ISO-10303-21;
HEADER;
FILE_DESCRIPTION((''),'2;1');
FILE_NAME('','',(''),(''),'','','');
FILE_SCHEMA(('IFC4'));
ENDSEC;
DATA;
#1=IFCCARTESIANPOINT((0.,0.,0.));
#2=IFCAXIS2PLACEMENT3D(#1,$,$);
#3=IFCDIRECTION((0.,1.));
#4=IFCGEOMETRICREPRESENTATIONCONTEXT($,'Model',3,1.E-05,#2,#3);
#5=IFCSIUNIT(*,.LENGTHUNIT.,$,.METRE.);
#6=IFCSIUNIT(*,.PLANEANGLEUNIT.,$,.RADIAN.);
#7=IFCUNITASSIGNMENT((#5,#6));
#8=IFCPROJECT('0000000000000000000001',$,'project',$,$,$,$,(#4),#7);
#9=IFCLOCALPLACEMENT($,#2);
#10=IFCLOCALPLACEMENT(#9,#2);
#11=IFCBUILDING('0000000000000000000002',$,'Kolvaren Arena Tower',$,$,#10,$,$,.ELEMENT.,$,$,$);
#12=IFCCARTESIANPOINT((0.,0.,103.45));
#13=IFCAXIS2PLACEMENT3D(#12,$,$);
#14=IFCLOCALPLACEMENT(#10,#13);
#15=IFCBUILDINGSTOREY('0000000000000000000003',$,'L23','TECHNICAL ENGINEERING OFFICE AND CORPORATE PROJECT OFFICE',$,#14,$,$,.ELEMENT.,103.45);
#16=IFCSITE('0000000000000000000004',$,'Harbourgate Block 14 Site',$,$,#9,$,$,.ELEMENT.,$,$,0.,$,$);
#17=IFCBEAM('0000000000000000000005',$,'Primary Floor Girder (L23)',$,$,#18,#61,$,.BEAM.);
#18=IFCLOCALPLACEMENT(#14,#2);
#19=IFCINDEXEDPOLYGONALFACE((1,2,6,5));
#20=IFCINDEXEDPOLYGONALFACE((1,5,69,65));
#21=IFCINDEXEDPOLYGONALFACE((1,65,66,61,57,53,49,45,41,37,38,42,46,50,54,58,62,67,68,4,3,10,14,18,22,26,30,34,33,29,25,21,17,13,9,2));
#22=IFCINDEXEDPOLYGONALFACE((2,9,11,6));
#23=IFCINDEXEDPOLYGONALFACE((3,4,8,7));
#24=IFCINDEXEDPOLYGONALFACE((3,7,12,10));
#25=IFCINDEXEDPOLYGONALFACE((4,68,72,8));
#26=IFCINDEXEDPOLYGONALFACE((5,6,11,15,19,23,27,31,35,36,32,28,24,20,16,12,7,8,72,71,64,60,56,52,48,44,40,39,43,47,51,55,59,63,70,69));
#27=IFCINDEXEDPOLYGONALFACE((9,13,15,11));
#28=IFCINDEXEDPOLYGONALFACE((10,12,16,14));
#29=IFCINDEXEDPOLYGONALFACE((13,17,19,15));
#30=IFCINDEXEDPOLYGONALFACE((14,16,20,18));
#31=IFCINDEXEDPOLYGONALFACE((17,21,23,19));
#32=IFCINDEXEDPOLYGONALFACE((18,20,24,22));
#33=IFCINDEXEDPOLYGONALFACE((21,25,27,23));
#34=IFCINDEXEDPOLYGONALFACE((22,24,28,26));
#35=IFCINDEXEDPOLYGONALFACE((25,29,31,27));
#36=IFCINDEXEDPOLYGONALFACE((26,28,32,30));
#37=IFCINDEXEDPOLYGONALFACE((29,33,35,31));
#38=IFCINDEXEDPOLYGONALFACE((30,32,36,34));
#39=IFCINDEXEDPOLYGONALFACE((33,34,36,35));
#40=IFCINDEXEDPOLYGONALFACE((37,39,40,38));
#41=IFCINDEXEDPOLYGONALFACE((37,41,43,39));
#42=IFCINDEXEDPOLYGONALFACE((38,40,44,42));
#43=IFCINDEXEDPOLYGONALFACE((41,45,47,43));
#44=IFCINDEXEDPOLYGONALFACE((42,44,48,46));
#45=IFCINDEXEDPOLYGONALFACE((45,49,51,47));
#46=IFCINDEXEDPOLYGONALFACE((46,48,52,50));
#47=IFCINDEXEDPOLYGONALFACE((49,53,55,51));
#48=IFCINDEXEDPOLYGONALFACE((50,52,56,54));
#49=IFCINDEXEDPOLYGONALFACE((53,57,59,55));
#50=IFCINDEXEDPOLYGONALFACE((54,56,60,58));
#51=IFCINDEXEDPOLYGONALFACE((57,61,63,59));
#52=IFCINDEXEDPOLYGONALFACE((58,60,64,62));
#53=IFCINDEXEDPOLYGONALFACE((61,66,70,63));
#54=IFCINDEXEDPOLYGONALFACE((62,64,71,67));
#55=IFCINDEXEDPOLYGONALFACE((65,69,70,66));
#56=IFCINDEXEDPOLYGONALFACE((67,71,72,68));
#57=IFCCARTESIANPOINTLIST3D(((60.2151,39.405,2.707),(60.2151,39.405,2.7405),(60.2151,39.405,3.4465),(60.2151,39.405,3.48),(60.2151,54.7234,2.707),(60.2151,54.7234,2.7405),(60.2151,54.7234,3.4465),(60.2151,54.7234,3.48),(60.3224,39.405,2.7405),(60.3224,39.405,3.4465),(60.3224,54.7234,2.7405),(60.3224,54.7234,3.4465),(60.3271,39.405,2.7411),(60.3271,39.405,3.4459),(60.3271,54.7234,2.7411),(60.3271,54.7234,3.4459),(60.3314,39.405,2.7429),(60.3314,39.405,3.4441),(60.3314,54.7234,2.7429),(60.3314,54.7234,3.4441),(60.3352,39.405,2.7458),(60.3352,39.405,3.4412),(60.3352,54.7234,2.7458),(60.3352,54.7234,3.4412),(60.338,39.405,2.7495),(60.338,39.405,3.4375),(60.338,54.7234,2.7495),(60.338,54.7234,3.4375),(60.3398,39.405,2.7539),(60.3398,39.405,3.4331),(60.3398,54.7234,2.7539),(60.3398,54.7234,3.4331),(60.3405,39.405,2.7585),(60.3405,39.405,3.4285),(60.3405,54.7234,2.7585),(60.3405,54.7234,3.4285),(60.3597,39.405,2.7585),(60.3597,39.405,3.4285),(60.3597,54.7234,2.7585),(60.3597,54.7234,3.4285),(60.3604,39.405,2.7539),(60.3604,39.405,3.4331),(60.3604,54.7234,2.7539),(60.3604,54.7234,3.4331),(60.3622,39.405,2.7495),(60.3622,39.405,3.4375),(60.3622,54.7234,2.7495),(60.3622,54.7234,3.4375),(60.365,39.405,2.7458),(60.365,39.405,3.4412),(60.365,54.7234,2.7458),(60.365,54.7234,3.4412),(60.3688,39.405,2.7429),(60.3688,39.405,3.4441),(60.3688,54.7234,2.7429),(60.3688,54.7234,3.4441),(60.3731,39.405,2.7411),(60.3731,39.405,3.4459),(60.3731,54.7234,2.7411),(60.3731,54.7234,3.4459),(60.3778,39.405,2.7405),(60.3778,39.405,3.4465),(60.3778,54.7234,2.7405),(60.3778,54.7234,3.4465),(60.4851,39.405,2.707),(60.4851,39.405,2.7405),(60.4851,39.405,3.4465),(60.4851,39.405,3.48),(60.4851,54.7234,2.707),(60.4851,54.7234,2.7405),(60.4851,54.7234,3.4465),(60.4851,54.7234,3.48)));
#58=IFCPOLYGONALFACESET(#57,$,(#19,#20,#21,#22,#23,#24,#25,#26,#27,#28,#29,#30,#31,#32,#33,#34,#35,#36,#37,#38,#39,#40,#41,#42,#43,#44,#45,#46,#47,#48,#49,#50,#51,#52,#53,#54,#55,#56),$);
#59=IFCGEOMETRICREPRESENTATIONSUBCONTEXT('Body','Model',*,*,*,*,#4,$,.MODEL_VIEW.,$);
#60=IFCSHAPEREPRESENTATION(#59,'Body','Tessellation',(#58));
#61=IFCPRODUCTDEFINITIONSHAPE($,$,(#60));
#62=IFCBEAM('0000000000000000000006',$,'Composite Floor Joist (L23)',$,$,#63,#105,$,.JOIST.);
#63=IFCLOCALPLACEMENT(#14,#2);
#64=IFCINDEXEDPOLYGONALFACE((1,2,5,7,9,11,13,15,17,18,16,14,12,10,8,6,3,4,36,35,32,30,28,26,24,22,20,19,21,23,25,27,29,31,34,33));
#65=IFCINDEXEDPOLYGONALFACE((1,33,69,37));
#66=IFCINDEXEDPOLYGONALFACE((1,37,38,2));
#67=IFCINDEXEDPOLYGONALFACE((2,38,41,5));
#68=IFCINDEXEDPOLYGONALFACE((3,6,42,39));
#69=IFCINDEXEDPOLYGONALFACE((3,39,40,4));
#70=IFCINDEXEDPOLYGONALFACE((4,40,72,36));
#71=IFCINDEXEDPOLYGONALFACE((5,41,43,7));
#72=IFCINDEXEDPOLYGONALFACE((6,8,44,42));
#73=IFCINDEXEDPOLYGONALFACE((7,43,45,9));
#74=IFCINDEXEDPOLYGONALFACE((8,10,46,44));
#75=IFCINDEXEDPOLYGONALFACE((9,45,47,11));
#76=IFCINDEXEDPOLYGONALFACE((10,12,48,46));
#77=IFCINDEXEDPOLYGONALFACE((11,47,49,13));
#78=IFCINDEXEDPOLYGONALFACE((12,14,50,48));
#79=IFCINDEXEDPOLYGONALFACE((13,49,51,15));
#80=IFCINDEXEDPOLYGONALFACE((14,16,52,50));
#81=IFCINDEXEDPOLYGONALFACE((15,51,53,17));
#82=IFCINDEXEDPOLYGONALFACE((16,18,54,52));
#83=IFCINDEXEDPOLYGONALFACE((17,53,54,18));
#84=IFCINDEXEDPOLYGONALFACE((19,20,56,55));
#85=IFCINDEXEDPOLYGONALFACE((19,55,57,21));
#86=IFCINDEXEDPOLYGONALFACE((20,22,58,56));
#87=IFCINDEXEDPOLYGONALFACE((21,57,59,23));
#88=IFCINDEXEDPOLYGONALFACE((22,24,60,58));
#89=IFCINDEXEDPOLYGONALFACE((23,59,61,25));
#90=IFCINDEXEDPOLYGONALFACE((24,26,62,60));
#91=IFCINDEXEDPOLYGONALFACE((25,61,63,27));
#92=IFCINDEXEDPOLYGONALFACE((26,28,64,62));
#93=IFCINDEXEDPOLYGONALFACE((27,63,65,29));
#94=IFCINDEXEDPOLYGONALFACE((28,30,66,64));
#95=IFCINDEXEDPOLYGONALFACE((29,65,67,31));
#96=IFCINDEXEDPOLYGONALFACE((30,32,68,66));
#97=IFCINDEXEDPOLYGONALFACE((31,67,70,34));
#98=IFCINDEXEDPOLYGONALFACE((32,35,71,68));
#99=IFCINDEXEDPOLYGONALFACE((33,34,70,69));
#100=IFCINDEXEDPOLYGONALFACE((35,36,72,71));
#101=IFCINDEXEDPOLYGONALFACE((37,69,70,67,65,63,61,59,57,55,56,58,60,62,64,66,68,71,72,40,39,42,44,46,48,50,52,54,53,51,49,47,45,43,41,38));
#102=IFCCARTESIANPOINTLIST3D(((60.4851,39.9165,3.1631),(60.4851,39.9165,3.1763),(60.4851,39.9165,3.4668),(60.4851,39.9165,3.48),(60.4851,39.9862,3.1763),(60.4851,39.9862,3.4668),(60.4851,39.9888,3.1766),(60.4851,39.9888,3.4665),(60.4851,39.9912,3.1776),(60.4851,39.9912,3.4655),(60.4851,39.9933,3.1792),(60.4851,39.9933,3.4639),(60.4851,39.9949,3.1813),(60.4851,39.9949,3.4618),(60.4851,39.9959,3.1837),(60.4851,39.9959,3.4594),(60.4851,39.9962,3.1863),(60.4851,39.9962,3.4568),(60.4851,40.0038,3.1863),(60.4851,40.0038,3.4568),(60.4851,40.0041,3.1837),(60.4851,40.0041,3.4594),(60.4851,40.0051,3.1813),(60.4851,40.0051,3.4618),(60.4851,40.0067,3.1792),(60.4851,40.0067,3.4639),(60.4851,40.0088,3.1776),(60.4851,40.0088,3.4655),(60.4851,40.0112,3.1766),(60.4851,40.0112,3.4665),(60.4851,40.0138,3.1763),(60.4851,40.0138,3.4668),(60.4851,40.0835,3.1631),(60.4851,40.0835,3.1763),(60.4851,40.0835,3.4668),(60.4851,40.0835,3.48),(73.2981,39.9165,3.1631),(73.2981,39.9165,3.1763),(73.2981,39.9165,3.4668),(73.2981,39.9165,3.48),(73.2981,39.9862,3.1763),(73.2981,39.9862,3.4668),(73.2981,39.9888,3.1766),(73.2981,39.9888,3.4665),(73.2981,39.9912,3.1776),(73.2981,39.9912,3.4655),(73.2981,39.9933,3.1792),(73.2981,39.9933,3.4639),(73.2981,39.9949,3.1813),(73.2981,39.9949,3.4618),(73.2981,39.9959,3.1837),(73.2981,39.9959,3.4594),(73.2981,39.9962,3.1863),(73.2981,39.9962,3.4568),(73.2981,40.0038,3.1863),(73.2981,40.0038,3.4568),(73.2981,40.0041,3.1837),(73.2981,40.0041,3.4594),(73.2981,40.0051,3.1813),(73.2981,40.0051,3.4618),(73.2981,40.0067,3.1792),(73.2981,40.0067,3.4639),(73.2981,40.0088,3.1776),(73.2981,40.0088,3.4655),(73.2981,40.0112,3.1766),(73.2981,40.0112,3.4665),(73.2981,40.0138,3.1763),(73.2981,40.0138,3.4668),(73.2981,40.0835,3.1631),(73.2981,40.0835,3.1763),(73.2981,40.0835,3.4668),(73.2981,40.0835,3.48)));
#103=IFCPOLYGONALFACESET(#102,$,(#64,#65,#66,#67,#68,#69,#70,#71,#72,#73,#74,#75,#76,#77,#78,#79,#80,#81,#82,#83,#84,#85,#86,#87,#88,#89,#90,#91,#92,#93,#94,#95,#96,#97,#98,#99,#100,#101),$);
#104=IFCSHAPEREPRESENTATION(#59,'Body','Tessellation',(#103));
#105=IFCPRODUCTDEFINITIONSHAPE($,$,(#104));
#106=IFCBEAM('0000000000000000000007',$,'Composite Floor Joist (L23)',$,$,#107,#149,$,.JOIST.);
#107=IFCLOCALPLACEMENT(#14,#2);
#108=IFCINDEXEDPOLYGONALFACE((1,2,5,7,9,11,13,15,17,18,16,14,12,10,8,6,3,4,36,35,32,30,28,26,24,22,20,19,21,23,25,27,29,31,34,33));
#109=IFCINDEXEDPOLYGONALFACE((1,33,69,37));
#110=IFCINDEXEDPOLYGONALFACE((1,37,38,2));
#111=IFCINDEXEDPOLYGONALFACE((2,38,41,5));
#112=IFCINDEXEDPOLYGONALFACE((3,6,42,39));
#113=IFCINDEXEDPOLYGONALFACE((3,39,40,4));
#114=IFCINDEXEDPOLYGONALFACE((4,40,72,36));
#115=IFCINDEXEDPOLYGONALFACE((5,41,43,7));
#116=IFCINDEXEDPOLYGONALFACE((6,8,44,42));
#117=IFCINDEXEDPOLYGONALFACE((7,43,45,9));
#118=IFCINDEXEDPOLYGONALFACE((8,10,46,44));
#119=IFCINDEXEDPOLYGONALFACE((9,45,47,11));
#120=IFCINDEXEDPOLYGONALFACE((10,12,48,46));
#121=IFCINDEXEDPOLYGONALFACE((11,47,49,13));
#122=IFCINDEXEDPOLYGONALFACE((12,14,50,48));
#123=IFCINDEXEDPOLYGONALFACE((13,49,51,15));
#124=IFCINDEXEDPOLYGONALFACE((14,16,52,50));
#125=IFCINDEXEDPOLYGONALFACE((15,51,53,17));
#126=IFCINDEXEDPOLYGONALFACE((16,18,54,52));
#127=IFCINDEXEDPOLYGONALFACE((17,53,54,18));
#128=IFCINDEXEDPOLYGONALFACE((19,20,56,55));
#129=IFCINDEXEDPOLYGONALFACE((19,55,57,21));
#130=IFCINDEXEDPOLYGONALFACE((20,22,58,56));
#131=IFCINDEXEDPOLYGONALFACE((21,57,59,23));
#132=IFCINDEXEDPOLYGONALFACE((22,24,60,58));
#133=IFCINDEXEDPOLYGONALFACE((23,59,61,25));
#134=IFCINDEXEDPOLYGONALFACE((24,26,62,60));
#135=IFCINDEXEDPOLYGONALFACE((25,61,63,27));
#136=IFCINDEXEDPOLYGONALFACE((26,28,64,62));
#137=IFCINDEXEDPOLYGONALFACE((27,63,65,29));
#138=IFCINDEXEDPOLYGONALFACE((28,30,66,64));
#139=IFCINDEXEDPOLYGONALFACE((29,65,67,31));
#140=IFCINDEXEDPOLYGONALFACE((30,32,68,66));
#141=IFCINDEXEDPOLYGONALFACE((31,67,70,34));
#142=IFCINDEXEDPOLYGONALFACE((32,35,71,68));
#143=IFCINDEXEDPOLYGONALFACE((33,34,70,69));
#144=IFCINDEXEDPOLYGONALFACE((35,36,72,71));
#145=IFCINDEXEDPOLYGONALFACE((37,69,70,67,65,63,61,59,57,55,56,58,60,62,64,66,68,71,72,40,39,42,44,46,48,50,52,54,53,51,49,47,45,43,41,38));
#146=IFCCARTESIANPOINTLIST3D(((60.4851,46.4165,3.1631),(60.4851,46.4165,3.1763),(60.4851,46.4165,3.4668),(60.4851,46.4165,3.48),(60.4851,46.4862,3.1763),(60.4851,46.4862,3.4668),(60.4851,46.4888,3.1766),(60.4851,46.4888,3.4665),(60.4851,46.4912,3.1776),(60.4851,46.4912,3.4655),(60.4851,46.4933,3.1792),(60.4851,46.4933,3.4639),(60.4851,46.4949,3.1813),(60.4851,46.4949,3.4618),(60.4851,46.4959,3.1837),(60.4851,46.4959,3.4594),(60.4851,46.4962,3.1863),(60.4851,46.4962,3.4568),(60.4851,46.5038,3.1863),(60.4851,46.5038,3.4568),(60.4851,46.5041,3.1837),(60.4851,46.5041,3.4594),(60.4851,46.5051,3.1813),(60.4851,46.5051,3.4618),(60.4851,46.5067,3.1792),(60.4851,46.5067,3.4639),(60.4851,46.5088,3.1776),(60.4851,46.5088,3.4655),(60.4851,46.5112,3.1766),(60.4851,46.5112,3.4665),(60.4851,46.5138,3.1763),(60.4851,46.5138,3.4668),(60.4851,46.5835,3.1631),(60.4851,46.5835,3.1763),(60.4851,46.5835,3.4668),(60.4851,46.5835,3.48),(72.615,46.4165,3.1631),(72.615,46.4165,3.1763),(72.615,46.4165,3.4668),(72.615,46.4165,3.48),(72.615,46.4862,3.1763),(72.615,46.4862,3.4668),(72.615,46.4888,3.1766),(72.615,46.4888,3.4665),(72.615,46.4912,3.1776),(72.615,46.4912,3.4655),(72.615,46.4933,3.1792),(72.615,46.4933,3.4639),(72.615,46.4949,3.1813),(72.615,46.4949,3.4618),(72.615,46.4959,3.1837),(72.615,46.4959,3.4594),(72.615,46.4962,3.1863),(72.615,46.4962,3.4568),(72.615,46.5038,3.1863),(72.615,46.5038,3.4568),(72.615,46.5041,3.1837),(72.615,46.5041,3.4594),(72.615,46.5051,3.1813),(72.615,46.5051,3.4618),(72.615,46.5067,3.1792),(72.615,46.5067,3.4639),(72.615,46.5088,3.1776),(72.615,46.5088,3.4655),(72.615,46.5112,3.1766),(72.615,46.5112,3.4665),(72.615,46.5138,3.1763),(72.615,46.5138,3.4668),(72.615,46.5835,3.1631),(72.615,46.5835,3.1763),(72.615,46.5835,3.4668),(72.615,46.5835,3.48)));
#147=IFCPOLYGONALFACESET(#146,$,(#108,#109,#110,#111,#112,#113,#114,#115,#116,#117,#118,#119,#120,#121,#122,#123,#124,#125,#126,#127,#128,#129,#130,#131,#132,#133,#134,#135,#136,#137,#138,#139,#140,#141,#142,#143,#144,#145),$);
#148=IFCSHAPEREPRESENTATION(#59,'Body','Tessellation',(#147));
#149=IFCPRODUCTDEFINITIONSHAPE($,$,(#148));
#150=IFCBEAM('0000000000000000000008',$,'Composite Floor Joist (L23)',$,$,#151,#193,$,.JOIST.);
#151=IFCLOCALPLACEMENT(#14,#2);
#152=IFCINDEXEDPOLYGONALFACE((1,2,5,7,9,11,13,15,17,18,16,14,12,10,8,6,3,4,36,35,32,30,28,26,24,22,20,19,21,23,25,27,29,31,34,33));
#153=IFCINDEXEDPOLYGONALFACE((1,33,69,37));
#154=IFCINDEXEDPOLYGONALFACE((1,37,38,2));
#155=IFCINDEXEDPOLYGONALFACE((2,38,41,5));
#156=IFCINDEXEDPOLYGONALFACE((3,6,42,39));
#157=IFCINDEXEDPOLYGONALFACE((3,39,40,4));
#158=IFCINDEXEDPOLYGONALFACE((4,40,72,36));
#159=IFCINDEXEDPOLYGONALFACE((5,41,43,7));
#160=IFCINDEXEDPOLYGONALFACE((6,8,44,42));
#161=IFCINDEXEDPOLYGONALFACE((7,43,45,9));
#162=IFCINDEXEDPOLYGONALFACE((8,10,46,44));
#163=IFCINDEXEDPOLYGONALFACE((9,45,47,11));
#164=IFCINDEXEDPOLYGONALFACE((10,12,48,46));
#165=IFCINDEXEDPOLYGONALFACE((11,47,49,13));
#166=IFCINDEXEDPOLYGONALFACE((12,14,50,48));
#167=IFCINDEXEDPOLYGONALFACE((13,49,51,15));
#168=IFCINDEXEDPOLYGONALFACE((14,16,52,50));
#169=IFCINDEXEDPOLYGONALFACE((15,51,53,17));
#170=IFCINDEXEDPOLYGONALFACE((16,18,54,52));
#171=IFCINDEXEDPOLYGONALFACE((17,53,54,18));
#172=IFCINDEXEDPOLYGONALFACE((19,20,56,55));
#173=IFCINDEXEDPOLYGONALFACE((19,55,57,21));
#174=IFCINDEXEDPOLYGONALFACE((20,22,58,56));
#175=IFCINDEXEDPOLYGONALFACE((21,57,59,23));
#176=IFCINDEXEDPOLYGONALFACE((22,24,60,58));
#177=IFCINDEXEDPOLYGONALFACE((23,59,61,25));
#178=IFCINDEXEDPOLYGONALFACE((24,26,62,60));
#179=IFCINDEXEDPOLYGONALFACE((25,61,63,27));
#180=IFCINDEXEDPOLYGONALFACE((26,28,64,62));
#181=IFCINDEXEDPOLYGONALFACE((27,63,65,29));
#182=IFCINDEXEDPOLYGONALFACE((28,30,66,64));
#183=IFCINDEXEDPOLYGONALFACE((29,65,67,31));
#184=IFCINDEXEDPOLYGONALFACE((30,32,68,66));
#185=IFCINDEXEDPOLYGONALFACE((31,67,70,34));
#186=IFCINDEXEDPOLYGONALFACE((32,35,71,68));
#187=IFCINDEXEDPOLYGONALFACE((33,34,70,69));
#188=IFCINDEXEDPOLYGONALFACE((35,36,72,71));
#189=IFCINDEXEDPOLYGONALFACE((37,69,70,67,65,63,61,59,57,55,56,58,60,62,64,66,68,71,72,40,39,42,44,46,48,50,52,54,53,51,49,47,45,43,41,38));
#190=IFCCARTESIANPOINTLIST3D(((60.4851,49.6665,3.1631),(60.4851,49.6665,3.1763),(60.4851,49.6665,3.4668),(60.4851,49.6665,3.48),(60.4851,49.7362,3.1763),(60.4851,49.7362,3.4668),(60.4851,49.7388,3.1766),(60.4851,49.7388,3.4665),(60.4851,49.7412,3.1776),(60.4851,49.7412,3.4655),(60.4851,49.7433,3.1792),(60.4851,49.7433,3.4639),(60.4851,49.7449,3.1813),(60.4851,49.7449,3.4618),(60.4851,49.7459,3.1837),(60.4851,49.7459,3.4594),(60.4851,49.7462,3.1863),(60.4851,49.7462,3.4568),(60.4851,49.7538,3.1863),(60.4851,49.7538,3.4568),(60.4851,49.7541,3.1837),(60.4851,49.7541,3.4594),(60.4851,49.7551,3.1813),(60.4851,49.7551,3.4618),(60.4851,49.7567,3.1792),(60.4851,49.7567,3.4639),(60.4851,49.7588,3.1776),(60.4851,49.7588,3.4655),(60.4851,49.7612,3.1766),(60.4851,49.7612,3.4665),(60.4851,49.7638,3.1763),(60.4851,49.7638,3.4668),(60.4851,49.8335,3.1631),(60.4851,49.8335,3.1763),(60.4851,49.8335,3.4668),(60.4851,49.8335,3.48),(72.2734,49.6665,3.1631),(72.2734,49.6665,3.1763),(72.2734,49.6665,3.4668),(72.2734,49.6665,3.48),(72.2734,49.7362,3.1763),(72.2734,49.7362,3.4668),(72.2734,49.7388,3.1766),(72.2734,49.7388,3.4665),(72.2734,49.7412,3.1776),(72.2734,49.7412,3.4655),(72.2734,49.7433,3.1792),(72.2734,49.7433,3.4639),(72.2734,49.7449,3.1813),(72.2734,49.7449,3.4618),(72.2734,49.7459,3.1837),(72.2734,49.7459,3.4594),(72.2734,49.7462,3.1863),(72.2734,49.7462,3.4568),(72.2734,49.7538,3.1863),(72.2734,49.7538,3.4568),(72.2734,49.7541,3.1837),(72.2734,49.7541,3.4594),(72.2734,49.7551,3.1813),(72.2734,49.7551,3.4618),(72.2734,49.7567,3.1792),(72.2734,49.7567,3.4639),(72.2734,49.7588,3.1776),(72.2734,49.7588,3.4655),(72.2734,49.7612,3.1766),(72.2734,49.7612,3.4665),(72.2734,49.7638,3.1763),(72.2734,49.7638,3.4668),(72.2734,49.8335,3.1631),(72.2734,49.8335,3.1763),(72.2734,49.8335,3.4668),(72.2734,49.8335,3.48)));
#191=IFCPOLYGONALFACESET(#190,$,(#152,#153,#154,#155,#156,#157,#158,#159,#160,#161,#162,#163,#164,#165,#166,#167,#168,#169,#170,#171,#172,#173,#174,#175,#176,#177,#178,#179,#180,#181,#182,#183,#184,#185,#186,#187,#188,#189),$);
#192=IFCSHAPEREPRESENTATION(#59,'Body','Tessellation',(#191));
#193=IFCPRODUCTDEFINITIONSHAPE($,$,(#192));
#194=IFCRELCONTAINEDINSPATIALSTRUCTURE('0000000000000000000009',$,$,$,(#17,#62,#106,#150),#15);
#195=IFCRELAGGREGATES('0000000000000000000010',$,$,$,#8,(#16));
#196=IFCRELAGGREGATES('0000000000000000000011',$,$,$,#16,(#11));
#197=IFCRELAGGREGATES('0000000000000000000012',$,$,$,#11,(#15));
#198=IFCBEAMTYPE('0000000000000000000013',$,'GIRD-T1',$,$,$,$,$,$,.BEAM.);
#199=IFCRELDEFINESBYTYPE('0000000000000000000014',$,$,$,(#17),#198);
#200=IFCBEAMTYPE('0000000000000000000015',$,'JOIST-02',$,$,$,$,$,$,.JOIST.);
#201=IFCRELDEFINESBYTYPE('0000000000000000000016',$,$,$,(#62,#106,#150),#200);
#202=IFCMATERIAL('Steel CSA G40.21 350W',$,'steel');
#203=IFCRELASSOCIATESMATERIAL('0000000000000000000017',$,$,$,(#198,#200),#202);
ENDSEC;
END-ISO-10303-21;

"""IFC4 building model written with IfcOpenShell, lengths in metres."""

from ifc_helpers import new_model, si_unit, direction, frame, origin, origin_2d, place, context, subcontext, project, spatial, i_section, extrude, material, material_profile, profile_set, type_object, element, save


model = new_model("IFC4")

# Units and contexts
model_context = context("Model", 3, precision=1e-05, world=origin(), true_north=direction((0.0, 1.0)))
body_context = subcontext(model_context, "Body", "Model", "MODEL_VIEW")
ifc_project = project(units=[si_unit("LENGTHUNIT", "METRE"), si_unit("PLANEANGLEUNIT", "RADIAN")], contexts=[model_context])

# Site, building, storey
site_placement = place(None, origin())
site = spatial("IfcSite", under=ifc_project, at=site_placement, Name="Harbourgate Block 14 Site", CompositionType="ELEMENT", RefElevation=0.0)
building_placement = place(site_placement, origin())
building = spatial("IfcBuilding", under=site, at=building_placement, Name="Kolvaren Arena Tower", CompositionType="ELEMENT")
storey_placement = place(building_placement, frame((0.0, 0.0, 103.45)))
storey = spatial("IfcBuildingStorey", under=building, at=storey_placement, Name="L23", Description="TECHNICAL ENGINEERING OFFICE AND CORPORATE PROJECT OFFICE", CompositionType="ELEMENT", Elevation=103.45)

# Beams
ifc_material_1 = material(Name="Steel CSA G40.21 350W", Category="steel")
ifc_material_profile_1 = material_profile(ifc_material_1, i_section(OverallWidth=0.27, OverallDepth=0.7729, WebThickness=0.0193, FlangeThickness=0.0334, FilletRadius=0.0181, at=origin_2d()), Name="W760x257")
ifc_profile_set_1 = profile_set([ifc_material_profile_1], Name="Steel CSA G40.21 350W")
beam_type_1 = type_object("IfcBeamType", Name="GIRD-T1", PredefinedType="BEAM", material=ifc_profile_set_1)
beam_1_placement = place(storey_placement, frame((60.3501, 39.405, 3.0935), z_axis=(0.0, 1.0, 0.0), x_axis=(-1.0, 0.0, 0.0)))
element("IfcBeam", 1, at=beam_1_placement, inside=storey, type_object=beam_type_1, Name="Primary Floor Girder (L23)", PredefinedType="BEAM", context=body_context, shape_type="SweptSolid", body=[
    extrude(i_section(OverallWidth=0.27, OverallDepth=0.7729, WebThickness=0.0193, FlangeThickness=0.0334, FilletRadius=0.0181, at=origin_2d()), origin(), (0.0, 0.0, 1.0), 15.3184),
])
ifc_material_profile_2 = material_profile(ifc_material_1, i_section(OverallWidth=0.167, OverallDepth=0.3169, WebThickness=0.0076, FlangeThickness=0.0132, FilletRadius=0.01, at=origin_2d()), Name="W310x52")
ifc_profile_set_2 = profile_set([ifc_material_profile_2], Name="Steel CSA G40.21 350W")
beam_type_2 = type_object("IfcBeamType", Name="JOIST-02", PredefinedType="JOIST", material=ifc_profile_set_2)
beam_2_placement = place(storey_placement, frame((60.4851, 40.0, 3.3215), z_axis=(1.0, 0.0, 0.0), x_axis=(0.0, 1.0, 0.0)))
element("IfcBeam", 2, at=beam_2_placement, inside=storey, type_object=beam_type_2, Name="Composite Floor Joist (L23)", PredefinedType="JOIST", context=body_context, shape_type="SweptSolid", body=[
    extrude(i_section(OverallWidth=0.167, OverallDepth=0.3169, WebThickness=0.0076, FlangeThickness=0.0132, FilletRadius=0.01, at=origin_2d()), origin(), (0.0, 0.0, 1.0), 12.813),
])
beam_3_placement = place(storey_placement, frame((60.4851, 46.5, 3.3215), z_axis=(1.0, 0.0, 0.0), x_axis=(0.0, 1.0, 0.0)))
element("IfcBeam", 3, at=beam_3_placement, inside=storey, type_object=beam_type_2, Name="Composite Floor Joist (L23)", PredefinedType="JOIST", context=body_context, shape_type="SweptSolid", body=[
    extrude(i_section(OverallWidth=0.167, OverallDepth=0.3169, WebThickness=0.0076, FlangeThickness=0.0132, FilletRadius=0.01, at=origin_2d()), origin(), (0.0, 0.0, 1.0), 12.1299),
])
beam_4_placement = place(storey_placement, frame((60.4851, 49.75, 3.3215), z_axis=(1.0, 0.0, 0.0), x_axis=(0.0, 1.0, 0.0)))
element("IfcBeam", 4, at=beam_4_placement, inside=storey, type_object=beam_type_2, Name="Composite Floor Joist (L23)", PredefinedType="JOIST", context=body_context, shape_type="SweptSolid", body=[
    extrude(i_section(OverallWidth=0.167, OverallDepth=0.3169, WebThickness=0.0076, FlangeThickness=0.0132, FilletRadius=0.01, at=origin_2d()), origin(), (0.0, 0.0, 1.0), 11.7883),
])

save(model, "model.ifc")
